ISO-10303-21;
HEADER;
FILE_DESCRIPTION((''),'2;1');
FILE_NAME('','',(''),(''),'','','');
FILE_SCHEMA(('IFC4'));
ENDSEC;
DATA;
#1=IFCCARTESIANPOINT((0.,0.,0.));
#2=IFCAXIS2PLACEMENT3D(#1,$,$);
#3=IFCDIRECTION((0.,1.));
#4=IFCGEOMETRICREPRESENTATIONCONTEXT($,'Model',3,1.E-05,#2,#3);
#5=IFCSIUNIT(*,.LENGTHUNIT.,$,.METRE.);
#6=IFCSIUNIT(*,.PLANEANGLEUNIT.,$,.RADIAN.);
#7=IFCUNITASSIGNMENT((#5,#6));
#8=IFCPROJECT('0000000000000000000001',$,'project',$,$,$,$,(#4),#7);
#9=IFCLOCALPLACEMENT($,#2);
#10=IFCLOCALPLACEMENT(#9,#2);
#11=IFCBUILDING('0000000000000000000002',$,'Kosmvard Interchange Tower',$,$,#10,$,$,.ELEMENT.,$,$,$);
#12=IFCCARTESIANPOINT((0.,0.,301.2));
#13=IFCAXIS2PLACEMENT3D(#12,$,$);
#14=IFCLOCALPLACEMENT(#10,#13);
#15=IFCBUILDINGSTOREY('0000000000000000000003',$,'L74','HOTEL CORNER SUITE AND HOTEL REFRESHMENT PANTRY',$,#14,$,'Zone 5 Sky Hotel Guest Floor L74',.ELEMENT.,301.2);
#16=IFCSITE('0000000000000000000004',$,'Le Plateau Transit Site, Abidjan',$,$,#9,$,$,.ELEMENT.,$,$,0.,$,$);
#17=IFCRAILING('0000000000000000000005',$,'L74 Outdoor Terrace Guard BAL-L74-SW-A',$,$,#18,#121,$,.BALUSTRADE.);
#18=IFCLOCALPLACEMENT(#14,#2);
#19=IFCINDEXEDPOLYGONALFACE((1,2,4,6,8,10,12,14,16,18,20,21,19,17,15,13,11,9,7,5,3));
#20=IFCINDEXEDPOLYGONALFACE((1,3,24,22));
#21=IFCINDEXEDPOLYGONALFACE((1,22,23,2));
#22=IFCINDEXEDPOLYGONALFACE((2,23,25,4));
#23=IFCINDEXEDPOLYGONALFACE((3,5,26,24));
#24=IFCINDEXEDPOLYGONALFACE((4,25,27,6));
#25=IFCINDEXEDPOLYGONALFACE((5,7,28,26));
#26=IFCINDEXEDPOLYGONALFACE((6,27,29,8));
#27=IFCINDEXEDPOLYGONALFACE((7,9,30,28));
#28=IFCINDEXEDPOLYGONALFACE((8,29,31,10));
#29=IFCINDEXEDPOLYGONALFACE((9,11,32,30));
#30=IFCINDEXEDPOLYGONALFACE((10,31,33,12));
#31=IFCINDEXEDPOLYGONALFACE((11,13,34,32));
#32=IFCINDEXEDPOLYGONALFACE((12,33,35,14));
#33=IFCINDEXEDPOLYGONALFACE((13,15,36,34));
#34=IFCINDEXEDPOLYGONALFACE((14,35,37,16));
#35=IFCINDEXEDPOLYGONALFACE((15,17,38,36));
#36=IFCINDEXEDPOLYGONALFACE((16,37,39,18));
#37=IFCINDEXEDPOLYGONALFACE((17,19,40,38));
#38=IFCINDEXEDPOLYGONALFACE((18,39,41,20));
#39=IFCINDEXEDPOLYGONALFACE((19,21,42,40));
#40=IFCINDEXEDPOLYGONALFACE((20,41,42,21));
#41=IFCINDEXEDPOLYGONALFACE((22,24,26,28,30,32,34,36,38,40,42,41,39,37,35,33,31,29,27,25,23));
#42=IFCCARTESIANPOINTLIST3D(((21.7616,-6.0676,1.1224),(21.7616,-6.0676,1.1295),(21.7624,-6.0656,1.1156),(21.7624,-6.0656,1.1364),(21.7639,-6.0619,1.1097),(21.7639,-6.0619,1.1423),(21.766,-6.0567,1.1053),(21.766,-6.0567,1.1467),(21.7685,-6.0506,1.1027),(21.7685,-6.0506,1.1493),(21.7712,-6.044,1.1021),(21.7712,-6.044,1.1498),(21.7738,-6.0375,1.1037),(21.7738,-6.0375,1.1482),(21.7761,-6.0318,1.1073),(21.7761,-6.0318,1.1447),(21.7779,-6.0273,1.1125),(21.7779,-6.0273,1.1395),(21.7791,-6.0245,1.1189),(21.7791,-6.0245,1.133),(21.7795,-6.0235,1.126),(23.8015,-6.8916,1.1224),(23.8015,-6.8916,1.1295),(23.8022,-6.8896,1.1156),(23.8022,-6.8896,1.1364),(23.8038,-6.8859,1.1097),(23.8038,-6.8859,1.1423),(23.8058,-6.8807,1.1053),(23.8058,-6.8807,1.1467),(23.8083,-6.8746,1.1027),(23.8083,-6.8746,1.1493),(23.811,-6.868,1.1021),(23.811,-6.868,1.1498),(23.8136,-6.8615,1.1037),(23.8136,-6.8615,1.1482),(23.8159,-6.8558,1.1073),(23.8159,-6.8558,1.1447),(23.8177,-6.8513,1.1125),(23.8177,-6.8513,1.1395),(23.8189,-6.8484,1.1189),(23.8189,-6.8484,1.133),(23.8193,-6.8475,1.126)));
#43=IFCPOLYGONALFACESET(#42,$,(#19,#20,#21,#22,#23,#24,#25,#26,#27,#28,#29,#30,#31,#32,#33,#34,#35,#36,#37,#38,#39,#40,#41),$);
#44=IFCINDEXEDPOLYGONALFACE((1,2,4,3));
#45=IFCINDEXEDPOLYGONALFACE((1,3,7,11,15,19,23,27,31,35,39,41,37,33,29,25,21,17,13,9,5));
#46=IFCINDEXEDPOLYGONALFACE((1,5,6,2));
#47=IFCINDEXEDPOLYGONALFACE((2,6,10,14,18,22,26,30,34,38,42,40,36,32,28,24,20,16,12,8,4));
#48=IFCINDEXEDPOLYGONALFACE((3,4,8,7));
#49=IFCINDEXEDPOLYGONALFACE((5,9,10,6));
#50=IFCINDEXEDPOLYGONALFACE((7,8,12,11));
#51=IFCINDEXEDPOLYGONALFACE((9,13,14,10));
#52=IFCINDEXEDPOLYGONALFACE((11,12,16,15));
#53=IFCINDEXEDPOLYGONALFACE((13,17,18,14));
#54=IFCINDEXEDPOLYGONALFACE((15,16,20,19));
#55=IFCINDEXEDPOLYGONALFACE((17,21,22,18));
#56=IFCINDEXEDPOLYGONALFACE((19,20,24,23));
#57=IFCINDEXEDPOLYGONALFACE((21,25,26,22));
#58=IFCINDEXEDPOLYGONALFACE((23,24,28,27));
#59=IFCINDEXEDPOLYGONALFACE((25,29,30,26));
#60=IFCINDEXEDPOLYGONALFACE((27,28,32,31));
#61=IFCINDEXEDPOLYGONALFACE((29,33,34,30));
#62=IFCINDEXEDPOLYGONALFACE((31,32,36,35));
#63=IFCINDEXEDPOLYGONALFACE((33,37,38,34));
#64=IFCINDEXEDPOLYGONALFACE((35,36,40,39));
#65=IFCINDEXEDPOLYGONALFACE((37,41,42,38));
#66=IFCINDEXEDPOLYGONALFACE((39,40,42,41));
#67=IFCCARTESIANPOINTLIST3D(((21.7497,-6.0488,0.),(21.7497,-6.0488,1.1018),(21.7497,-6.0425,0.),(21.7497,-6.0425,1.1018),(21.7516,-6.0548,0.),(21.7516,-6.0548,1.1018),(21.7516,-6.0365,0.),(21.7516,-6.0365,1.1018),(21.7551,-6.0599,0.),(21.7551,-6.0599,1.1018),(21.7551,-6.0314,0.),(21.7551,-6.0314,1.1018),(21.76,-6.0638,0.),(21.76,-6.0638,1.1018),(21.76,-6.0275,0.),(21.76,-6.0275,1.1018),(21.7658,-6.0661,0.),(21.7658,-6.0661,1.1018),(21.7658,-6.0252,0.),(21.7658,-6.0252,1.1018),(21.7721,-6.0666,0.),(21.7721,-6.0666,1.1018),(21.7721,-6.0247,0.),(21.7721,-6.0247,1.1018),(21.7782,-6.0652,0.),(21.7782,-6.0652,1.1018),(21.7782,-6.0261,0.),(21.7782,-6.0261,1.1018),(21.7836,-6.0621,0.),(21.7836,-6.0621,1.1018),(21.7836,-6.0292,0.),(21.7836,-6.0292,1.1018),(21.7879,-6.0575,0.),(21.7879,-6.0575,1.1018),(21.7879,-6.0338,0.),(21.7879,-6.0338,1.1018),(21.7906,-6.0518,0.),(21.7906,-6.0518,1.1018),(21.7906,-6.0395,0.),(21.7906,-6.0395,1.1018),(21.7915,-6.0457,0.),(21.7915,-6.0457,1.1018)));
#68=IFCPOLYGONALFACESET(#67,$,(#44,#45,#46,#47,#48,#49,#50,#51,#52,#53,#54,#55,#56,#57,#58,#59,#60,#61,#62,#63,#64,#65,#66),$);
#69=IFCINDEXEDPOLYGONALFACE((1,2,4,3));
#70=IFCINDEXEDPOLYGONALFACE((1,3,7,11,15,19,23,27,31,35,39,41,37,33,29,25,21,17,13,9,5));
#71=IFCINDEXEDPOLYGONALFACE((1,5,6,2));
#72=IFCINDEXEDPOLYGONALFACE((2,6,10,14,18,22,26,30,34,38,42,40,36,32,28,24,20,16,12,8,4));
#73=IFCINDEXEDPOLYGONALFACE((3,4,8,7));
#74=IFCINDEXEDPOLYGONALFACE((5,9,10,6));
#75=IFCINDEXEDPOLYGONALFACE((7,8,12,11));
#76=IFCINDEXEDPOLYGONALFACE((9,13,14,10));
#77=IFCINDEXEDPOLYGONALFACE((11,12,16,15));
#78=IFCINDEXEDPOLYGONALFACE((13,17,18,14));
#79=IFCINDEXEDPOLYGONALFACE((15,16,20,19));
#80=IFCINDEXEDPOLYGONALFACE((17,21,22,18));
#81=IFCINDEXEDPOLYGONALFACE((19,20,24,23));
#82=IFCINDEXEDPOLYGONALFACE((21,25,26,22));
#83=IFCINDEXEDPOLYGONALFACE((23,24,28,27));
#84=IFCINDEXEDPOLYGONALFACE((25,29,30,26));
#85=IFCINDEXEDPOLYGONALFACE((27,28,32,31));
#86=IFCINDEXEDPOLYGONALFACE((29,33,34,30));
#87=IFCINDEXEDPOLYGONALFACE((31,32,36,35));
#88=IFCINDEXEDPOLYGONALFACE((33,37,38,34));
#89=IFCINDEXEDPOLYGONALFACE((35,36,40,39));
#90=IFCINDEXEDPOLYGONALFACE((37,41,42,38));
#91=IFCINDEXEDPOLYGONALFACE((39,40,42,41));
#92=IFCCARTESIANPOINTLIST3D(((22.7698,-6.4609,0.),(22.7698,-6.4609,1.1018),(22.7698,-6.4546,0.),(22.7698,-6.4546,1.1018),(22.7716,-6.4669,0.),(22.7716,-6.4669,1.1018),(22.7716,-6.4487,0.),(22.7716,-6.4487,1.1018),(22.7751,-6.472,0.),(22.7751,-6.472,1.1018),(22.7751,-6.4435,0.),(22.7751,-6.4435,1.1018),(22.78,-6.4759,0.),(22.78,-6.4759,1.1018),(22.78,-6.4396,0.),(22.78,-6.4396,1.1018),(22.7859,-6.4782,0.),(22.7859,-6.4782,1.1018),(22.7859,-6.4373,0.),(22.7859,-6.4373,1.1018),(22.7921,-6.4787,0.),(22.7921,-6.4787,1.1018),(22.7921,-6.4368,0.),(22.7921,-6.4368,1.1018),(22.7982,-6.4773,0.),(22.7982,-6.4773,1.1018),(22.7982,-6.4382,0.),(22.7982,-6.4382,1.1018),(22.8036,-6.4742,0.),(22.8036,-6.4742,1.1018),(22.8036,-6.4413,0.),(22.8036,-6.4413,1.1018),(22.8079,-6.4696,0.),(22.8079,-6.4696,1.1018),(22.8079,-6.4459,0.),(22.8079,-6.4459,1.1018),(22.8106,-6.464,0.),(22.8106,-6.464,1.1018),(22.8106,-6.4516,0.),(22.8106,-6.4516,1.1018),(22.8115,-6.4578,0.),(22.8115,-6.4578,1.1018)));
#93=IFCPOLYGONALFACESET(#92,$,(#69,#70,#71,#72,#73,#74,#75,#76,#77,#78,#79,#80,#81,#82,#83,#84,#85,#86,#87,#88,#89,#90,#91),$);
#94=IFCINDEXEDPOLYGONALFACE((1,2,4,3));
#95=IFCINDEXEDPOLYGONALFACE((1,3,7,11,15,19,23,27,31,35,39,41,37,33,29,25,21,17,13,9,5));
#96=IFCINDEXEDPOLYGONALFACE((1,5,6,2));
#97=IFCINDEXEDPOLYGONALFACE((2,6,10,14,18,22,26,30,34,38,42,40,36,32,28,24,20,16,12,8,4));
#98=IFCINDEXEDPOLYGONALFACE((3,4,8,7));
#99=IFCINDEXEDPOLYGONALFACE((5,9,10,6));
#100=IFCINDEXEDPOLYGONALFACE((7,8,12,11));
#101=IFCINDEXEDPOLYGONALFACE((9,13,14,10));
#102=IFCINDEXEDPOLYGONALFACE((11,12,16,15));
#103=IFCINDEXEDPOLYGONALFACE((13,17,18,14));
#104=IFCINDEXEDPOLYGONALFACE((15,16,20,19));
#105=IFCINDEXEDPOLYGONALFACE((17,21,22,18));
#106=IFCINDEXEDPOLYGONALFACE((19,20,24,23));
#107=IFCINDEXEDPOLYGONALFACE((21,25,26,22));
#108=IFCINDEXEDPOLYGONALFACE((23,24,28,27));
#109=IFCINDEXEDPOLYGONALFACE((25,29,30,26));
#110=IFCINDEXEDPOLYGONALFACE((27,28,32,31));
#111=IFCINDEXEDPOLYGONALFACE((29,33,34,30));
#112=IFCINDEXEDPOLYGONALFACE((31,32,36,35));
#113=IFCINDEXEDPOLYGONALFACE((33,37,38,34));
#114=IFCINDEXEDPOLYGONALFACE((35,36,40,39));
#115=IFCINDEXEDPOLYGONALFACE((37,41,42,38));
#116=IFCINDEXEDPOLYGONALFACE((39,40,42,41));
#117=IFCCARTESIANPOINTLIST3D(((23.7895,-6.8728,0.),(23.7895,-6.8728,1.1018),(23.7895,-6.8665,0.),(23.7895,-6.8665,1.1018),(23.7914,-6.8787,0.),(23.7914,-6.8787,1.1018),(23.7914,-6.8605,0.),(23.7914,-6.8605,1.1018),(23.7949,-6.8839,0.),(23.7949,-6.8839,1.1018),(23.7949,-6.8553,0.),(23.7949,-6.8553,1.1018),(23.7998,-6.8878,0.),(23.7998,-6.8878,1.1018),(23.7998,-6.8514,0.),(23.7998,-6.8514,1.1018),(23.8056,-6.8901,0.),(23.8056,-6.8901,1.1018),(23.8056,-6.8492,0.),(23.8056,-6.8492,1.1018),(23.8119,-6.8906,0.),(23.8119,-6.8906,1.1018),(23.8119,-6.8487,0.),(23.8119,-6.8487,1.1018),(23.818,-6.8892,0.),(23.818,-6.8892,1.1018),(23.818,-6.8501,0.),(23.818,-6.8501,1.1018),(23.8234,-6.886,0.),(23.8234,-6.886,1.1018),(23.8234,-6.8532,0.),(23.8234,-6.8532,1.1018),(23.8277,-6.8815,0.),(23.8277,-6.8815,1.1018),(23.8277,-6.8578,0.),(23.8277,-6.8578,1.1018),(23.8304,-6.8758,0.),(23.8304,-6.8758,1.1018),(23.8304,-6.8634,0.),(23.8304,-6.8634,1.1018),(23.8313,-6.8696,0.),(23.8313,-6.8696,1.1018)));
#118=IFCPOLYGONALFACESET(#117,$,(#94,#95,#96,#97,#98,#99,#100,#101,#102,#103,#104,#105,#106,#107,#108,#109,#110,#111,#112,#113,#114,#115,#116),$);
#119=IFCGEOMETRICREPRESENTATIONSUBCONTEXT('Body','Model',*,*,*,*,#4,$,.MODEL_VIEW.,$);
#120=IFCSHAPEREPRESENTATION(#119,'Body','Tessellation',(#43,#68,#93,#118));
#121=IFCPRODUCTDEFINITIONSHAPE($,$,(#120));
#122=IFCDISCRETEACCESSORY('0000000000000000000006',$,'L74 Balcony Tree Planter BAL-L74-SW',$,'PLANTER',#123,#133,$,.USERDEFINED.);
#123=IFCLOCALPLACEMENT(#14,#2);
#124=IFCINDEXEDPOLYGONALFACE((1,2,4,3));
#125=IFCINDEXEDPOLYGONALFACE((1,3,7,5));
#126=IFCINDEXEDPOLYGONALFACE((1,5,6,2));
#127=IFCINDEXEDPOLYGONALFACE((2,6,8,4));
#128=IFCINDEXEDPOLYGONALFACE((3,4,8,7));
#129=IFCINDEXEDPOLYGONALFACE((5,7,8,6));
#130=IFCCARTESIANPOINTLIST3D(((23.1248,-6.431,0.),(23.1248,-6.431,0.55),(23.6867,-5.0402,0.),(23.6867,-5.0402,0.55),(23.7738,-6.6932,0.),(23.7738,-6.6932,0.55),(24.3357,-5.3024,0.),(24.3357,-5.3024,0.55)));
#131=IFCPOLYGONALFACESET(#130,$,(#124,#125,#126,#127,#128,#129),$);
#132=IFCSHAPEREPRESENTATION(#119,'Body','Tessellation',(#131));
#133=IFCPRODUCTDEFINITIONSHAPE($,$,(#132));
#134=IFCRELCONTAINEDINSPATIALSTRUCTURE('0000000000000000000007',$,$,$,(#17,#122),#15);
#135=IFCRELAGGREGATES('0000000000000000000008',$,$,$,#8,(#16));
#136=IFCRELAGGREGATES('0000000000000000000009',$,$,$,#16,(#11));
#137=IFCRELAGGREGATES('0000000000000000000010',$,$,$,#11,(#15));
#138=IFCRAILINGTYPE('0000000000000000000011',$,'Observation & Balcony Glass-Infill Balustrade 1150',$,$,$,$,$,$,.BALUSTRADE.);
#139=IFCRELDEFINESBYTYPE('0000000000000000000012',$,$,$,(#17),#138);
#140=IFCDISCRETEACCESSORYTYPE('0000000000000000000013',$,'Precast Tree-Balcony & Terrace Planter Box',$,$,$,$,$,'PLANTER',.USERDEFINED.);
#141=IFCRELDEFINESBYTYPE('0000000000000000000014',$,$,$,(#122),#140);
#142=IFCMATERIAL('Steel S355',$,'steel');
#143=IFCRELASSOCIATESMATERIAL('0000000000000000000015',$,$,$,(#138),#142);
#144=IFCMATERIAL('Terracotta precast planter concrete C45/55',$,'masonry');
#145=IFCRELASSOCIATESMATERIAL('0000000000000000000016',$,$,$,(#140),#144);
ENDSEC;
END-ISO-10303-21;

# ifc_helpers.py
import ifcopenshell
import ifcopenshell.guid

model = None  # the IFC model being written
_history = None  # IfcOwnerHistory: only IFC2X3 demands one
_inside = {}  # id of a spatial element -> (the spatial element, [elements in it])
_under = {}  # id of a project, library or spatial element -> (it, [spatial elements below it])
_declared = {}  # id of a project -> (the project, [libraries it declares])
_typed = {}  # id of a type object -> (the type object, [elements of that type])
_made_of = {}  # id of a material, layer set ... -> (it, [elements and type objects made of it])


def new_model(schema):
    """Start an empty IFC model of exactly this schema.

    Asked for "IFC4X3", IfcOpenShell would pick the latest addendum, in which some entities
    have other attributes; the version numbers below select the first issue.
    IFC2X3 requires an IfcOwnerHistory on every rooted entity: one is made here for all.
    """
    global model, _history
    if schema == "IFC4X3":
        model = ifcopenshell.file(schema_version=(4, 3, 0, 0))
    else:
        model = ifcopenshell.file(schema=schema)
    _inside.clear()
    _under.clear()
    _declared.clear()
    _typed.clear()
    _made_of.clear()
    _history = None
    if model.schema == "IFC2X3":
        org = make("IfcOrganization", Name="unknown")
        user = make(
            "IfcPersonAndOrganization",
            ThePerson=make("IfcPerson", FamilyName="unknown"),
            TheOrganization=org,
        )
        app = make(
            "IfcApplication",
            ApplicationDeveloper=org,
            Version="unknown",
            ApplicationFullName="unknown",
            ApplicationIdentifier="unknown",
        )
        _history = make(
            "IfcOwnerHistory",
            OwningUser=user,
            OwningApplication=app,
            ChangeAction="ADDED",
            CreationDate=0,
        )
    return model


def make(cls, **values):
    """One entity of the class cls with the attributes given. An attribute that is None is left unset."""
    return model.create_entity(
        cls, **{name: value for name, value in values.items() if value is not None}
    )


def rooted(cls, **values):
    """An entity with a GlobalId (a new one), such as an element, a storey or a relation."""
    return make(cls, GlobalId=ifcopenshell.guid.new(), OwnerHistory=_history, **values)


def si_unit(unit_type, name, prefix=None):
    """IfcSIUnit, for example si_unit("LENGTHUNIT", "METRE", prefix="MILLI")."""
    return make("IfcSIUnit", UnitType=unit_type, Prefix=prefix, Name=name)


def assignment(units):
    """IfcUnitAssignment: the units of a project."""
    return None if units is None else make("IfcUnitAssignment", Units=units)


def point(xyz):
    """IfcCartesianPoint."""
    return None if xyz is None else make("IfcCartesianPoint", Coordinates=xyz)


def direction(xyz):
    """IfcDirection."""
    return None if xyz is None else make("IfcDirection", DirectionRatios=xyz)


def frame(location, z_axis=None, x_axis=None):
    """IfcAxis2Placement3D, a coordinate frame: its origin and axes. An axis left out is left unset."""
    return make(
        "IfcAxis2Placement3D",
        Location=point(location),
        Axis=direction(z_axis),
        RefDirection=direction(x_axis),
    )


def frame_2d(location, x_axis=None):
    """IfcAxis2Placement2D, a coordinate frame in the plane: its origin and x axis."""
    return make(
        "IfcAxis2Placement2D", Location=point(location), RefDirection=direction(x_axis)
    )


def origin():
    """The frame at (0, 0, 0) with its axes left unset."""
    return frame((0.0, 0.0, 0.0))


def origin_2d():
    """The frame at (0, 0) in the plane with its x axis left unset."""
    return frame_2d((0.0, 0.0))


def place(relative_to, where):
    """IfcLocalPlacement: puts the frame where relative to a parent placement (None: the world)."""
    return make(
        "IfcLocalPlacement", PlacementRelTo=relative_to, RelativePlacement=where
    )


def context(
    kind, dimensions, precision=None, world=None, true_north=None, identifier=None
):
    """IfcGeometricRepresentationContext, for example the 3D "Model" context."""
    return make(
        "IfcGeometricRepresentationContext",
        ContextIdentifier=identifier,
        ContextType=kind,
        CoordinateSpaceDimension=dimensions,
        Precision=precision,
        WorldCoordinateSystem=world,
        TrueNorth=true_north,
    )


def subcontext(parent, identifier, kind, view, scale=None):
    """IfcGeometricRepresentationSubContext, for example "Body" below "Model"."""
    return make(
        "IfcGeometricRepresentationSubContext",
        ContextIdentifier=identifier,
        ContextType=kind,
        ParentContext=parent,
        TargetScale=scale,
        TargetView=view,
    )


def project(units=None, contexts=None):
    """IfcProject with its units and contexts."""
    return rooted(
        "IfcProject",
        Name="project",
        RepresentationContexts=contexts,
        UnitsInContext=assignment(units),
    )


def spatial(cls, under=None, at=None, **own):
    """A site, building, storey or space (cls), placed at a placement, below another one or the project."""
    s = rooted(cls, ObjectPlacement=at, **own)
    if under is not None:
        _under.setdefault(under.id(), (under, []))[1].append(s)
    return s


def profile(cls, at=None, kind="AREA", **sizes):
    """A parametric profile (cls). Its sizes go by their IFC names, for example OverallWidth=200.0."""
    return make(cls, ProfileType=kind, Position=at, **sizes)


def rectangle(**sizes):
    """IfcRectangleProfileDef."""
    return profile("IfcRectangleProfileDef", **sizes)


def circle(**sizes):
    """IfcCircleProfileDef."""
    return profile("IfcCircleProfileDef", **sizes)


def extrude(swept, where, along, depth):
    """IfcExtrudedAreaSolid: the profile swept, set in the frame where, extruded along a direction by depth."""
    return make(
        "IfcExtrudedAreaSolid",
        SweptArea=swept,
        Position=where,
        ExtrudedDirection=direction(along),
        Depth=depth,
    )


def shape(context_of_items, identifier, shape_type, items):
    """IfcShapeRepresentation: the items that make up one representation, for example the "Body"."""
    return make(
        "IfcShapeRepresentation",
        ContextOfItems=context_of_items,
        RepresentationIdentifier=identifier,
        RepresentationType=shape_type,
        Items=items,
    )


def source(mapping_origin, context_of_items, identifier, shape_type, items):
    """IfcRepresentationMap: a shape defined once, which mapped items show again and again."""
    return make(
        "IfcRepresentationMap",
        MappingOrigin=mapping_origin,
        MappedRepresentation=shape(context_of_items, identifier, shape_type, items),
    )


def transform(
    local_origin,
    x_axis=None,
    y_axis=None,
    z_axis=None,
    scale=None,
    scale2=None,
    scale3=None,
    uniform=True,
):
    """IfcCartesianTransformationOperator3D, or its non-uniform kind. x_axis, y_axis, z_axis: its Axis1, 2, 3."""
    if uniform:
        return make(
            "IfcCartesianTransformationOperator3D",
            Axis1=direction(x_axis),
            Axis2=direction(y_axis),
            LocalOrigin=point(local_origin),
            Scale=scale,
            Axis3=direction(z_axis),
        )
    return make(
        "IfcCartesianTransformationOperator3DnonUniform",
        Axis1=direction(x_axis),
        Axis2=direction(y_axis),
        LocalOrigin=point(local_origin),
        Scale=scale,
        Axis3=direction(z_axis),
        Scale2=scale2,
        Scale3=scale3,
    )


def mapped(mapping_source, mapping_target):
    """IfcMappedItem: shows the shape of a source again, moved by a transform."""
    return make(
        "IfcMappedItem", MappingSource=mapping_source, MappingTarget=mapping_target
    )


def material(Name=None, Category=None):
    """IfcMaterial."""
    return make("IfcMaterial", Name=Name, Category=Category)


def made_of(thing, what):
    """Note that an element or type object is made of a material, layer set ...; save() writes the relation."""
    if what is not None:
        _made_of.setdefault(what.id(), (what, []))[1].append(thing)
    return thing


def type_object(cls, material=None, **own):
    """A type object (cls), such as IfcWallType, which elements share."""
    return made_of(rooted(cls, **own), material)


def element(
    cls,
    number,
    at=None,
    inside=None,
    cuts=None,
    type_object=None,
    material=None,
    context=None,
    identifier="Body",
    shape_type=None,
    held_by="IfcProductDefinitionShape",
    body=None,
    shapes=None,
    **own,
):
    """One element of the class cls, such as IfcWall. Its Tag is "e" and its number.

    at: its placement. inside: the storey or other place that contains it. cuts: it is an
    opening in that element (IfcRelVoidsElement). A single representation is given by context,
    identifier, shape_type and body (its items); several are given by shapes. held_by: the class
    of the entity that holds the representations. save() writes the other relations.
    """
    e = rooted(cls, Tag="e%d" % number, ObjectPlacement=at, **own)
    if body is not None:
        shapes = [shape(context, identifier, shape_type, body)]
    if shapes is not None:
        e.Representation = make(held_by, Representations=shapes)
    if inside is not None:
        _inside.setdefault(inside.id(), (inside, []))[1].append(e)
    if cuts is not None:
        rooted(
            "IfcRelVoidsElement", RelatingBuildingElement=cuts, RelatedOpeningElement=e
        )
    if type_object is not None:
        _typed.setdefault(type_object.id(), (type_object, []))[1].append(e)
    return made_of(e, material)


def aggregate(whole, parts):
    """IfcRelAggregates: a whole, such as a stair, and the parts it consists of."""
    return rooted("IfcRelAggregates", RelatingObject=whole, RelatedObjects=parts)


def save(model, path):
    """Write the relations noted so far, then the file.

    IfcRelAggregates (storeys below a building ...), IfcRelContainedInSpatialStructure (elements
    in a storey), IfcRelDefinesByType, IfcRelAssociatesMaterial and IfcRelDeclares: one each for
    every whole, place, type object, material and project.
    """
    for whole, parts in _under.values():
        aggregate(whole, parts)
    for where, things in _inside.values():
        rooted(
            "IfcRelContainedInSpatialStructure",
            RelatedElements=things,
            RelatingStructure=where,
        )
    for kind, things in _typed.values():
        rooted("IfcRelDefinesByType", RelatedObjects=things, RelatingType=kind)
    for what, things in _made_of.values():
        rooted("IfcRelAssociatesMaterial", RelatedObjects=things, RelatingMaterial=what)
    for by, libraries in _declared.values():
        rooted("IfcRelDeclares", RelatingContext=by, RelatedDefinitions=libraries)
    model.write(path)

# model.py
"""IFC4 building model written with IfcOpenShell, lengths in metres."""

from ifc_helpers import new_model, si_unit, direction, frame, origin, origin_2d, place, context, subcontext, project, spatial, rectangle, circle, extrude, source, transform, mapped, material, type_object, element, save


model = new_model("IFC4")

# Units and contexts
model_context = context("Model", 3, precision=1e-05, world=origin(), true_north=direction((0.0, 1.0)))
body_context = subcontext(model_context, "Body", "Model", "MODEL_VIEW")
ifc_project = project(units=[si_unit("LENGTHUNIT", "METRE"), si_unit("PLANEANGLEUNIT", "RADIAN")], contexts=[model_context])

# Site, building, storey
site_placement = place(None, origin())
site = spatial("IfcSite", under=ifc_project, at=site_placement, Name="Le Plateau Transit Site, Abidjan", CompositionType="ELEMENT", RefElevation=0.0)
building_placement = place(site_placement, origin())
building = spatial("IfcBuilding", under=site, at=building_placement, Name="Kosmvard Interchange Tower", CompositionType="ELEMENT")
storey_placement = place(building_placement, frame((0.0, 0.0, 301.2)))
storey = spatial("IfcBuildingStorey", under=building, at=storey_placement, Name="L74", Description="HOTEL CORNER SUITE AND HOTEL REFRESHMENT PANTRY", LongName="Zone 5 Sky Hotel Guest Floor L74", CompositionType="ELEMENT", Elevation=301.2)

# Shared definitions
ifc_material_1 = material(Name="Steel S355", Category="steel")

# Railing
railing_type = type_object("IfcRailingType", Name="Observation & Balcony Glass-Infill Balustrade 1150", PredefinedType="BALUSTRADE", material=ifc_material_1)
shared_shape_1 = source(origin(), body_context, "Body", "SweptSolid", [
    extrude(circle(Radius=0.0239, at=origin_2d()), frame((0.0, 0.0, 1.126), z_axis=(0.927208, -0.374546, 0.0), x_axis=(0.374546, 0.927208, 0.0)), (0.0, 0.0, 1.0), 2.2),
    extrude(circle(Radius=0.021, at=origin_2d()), origin(), (0.0, 0.0, 1.0), 1.1018),
    extrude(circle(Radius=0.021, at=origin_2d()), frame((1.02, -0.4121, 0.0)), (0.0, 0.0, 1.0), 1.1018),
    extrude(circle(Radius=0.021, at=origin_2d()), frame((2.0398, -0.824, 0.0)), (0.0, 0.0, 1.0), 1.1018),
])
railing_1_placement = place(storey_placement, frame((21.7705, -6.0457, 0.0)))
element("IfcRailing", 1, at=railing_1_placement, inside=storey, type_object=railing_type, Name="L74 Outdoor Terrace Guard BAL-L74-SW-A", PredefinedType="BALUSTRADE", context=body_context, shape_type="MappedRepresentation", body=[
    mapped(shared_shape_1, transform((0.0, 0.0, 0.0), scale=1.0)),
])

# Discrete accessory
ifc_material_2 = material(Name="Terracotta precast planter concrete C45/55", Category="masonry")
discrete_accessory_type = type_object("IfcDiscreteAccessoryType", Name="Precast Tree-Balcony & Terrace Planter Box", ElementType="PLANTER", PredefinedType="USERDEFINED", material=ifc_material_2)
shared_shape_2 = source(origin(), body_context, "Body", "SweptSolid", [
    extrude(rectangle(XDim=1.5, YDim=0.7, at=origin_2d()), origin(), (0.0, 0.0, 1.0), 0.55),
])
discrete_accessory_placement = place(storey_placement, frame((23.7302, -5.8667, 0.0), z_axis=(0.0, 0.0, 1.0), x_axis=(0.374607, 0.927184, 0.0)))
element("IfcDiscreteAccessory", 2, at=discrete_accessory_placement, inside=storey, type_object=discrete_accessory_type, Name="L74 Balcony Tree Planter BAL-L74-SW", ObjectType="PLANTER", PredefinedType="USERDEFINED", context=body_context, shape_type="MappedRepresentation", body=[
    mapped(shared_shape_2, transform((0.0, 0.0, 0.0), scale=1.0)),
])

save(model, "model.ifc")
